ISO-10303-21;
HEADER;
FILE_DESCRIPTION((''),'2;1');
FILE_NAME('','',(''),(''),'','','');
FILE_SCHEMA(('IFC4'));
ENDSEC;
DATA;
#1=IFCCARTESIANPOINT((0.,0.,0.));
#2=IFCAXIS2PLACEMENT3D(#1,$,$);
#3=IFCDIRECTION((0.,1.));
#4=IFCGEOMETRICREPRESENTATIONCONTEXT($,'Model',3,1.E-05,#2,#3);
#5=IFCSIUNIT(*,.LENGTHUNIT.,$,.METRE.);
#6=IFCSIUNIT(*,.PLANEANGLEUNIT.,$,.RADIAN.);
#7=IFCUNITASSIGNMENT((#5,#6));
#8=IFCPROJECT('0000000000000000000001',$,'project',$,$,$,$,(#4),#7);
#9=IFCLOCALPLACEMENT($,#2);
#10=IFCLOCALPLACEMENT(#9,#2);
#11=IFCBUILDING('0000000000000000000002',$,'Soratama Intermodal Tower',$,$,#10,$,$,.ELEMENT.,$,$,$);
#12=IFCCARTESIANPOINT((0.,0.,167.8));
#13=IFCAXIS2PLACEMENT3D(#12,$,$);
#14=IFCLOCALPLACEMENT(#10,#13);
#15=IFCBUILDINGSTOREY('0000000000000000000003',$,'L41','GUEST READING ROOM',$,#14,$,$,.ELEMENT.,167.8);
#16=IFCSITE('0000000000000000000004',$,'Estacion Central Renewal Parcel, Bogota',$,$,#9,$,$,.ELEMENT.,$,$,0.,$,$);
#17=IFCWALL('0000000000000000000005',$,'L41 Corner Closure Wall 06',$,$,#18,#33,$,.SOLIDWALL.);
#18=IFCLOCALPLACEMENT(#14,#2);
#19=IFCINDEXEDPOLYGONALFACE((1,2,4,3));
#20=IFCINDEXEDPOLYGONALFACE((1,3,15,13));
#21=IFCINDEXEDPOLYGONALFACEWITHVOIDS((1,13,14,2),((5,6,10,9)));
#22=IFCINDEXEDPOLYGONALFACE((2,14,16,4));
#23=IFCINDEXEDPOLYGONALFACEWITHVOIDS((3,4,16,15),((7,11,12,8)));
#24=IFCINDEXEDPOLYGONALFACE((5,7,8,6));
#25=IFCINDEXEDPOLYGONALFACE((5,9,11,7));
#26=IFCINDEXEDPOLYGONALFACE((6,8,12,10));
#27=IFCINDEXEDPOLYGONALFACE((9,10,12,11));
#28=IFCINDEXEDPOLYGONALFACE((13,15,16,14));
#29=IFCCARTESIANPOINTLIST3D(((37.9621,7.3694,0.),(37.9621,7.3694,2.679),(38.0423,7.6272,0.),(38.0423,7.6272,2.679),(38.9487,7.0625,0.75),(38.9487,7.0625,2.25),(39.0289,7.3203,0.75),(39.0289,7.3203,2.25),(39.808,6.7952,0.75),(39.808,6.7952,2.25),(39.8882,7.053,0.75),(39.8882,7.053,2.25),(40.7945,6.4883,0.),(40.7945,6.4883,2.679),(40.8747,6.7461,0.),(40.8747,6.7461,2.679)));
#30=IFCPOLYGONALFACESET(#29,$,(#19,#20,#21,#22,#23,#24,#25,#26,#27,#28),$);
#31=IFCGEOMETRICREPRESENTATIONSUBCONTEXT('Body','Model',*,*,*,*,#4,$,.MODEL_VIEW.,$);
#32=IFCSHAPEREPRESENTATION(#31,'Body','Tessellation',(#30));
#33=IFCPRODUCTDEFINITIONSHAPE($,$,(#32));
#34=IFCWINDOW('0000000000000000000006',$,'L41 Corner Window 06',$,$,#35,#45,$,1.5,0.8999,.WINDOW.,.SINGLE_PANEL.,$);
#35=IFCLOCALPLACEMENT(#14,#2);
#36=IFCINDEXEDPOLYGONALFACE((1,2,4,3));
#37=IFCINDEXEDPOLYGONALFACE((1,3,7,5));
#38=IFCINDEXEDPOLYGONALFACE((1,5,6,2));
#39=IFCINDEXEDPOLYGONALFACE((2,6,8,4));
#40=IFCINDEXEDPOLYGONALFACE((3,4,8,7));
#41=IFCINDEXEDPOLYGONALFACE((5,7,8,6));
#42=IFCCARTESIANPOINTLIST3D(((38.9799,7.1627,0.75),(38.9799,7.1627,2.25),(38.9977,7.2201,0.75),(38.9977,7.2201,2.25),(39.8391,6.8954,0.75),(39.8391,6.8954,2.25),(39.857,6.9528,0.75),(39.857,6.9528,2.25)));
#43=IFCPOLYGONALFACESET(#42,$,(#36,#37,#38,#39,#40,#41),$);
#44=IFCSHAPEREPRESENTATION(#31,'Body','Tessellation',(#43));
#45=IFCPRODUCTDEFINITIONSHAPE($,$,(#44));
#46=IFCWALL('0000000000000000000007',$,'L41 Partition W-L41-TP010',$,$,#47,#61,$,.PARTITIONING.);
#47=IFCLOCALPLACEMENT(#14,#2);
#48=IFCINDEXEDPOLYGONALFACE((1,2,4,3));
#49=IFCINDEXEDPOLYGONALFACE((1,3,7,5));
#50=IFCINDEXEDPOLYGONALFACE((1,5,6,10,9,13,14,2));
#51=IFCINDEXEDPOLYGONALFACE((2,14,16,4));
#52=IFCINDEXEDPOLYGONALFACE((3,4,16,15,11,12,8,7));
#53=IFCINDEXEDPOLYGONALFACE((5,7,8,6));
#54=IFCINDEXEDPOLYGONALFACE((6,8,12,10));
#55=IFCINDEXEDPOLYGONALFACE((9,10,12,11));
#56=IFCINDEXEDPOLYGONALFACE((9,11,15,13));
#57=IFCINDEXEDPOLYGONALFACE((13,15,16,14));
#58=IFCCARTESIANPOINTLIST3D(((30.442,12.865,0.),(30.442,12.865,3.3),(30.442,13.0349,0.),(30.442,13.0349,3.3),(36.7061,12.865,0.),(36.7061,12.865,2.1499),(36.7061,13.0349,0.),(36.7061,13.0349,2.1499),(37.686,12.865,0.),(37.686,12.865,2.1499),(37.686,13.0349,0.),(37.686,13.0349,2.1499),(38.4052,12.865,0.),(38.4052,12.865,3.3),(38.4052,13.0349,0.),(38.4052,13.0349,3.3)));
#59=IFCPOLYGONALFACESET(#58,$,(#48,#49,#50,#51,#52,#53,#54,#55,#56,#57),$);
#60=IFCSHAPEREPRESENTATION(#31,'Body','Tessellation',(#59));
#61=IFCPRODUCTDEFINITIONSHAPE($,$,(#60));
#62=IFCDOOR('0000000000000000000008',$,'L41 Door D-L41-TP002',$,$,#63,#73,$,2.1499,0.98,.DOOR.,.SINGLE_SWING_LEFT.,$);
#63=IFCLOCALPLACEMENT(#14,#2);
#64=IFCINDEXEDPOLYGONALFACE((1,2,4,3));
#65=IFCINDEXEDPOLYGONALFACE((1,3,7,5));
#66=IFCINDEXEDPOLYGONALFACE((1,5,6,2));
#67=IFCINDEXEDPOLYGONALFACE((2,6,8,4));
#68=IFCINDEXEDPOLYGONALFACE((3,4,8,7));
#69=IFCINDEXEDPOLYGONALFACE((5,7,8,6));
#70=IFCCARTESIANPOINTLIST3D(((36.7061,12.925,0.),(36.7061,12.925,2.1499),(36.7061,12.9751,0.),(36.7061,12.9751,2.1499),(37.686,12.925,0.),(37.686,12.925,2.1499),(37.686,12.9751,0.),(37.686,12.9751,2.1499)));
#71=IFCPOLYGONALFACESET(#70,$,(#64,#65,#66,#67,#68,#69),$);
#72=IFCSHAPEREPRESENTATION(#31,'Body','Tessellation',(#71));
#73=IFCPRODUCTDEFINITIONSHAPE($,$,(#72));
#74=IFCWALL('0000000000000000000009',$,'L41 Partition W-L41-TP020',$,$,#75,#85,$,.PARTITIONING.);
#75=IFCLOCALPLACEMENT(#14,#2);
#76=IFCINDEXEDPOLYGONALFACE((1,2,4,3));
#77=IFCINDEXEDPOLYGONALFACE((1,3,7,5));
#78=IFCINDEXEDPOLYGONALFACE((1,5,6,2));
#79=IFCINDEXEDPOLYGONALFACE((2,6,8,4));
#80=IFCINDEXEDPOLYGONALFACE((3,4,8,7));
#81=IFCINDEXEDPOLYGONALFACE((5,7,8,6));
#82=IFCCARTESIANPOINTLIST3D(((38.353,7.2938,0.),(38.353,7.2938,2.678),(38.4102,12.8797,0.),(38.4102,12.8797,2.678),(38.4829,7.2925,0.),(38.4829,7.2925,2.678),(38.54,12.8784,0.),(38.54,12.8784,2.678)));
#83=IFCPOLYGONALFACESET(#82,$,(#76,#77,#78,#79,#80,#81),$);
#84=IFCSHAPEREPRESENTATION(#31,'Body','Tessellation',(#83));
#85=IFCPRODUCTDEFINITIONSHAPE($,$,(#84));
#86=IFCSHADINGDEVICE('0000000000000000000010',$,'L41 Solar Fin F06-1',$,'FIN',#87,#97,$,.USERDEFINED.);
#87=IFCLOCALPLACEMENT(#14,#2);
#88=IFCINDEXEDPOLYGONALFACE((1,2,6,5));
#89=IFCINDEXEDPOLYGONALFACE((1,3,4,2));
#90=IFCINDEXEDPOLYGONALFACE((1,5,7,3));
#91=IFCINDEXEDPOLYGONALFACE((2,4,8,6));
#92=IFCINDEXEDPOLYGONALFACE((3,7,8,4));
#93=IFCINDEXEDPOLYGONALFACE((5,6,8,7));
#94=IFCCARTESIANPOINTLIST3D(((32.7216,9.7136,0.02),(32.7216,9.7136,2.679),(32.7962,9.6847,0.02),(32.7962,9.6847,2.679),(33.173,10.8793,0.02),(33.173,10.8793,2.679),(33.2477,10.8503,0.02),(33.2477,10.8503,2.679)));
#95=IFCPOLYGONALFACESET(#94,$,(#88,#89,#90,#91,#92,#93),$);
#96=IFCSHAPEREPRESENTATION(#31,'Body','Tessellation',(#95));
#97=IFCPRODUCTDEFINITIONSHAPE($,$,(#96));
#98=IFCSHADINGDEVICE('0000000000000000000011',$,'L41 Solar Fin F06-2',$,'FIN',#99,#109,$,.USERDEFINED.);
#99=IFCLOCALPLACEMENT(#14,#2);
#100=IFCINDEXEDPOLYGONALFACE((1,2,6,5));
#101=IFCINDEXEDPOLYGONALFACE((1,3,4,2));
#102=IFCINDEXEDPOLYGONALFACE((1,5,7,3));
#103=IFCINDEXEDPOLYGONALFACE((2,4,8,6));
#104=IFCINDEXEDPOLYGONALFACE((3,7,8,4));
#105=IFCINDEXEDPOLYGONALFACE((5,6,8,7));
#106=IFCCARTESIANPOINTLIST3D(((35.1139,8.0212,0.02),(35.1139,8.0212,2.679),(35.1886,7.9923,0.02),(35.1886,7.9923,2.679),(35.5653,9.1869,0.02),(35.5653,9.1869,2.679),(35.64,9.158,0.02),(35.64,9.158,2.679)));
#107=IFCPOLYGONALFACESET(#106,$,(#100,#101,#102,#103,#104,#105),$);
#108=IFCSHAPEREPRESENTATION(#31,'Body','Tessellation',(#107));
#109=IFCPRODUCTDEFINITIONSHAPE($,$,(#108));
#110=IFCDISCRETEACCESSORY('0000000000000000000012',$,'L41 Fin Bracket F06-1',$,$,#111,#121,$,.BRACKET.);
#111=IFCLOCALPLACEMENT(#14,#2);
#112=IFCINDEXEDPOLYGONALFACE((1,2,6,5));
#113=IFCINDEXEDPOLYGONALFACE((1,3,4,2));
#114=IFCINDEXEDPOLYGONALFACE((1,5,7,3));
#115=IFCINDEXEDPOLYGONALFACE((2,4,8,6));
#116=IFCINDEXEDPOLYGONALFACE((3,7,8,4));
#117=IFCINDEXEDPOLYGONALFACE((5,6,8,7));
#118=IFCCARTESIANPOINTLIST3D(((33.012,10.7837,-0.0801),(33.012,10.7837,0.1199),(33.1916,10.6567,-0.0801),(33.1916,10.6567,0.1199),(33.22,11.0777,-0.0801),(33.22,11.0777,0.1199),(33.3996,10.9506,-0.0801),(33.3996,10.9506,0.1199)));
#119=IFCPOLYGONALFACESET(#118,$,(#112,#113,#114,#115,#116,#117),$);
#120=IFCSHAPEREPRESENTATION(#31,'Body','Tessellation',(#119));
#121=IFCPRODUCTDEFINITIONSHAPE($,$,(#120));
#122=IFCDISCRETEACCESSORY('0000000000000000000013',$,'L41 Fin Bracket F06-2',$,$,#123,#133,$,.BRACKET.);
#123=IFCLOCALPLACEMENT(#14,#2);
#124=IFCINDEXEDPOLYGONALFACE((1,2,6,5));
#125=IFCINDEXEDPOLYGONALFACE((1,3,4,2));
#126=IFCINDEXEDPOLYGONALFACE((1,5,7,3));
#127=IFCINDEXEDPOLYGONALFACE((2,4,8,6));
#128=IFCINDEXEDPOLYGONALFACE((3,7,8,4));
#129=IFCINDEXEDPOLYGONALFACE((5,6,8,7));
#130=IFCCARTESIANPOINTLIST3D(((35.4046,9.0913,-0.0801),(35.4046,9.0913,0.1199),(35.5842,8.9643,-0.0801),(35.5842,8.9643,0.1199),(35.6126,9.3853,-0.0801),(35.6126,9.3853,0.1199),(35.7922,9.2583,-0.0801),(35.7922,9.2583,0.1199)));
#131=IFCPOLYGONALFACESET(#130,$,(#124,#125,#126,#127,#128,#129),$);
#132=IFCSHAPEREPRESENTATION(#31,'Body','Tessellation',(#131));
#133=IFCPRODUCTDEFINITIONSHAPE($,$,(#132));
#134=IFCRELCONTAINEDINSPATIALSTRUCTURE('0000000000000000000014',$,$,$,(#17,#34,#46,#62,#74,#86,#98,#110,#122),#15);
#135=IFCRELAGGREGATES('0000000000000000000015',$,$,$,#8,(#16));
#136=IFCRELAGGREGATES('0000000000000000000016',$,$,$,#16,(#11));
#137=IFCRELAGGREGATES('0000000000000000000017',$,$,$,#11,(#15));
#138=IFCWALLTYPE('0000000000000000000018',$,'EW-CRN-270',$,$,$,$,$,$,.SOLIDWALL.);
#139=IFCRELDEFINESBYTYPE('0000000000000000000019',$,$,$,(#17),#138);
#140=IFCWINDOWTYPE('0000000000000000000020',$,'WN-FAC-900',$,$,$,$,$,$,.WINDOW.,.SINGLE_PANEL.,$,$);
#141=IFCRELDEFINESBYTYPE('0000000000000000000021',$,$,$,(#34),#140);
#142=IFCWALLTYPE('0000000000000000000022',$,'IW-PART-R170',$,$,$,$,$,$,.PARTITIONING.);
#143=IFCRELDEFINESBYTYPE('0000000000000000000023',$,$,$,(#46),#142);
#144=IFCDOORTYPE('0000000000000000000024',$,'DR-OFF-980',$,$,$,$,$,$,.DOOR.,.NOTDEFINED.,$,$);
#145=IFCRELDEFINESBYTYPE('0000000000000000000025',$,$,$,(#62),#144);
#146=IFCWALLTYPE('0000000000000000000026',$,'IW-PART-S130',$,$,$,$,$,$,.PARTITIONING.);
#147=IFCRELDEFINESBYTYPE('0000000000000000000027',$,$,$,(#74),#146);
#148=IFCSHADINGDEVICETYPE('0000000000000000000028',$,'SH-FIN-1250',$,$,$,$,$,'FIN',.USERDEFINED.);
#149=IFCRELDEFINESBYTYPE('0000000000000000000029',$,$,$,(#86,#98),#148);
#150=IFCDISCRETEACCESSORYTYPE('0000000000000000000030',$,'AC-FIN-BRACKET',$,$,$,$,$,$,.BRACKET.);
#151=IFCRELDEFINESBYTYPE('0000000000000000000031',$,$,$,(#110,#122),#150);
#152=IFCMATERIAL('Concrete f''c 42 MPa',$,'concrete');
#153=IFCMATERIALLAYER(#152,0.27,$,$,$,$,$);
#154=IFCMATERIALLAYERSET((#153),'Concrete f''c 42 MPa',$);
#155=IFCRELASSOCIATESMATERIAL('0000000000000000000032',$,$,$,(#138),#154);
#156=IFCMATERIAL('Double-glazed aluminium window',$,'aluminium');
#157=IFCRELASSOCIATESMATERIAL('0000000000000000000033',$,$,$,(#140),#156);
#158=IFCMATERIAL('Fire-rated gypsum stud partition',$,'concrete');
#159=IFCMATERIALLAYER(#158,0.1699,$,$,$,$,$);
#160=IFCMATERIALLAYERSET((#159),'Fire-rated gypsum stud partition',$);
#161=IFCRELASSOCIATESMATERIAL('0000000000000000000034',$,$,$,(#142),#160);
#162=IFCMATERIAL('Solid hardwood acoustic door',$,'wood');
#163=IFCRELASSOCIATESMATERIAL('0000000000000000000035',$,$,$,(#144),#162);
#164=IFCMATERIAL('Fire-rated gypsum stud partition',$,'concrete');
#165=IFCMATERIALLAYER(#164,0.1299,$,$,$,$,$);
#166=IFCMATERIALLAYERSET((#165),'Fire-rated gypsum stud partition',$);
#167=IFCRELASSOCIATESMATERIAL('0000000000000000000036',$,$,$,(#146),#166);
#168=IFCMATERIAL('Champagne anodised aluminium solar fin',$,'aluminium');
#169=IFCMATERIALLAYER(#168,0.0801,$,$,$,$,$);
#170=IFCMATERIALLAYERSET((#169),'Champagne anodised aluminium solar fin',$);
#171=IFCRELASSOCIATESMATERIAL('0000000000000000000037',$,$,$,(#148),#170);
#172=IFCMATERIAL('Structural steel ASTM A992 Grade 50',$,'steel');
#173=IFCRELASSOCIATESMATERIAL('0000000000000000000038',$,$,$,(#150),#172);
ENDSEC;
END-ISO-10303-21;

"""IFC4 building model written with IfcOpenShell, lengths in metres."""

from ifc_helpers import new_model, si_unit, direction, frame, frame_2d, origin, origin_2d, place, context, subcontext, project, spatial, rectangle, extrude, material, layer, layer_set, type_object, element, fill, save


model = new_model("IFC4")

# Units and contexts
model_context = context("Model", 3, precision=1e-05, world=origin(), true_north=direction((0.0, 1.0)))
body_context = subcontext(model_context, "Body", "Model", "MODEL_VIEW")
ifc_project = project(units=[si_unit("LENGTHUNIT", "METRE"), si_unit("PLANEANGLEUNIT", "RADIAN")], contexts=[model_context])

# Site, building, storey
site_placement = place(None, origin())
site = spatial("IfcSite", under=ifc_project, at=site_placement, Name="Estacion Central Renewal Parcel, Bogota", CompositionType="ELEMENT", RefElevation=0.0)
building_placement = place(site_placement, origin())
building = spatial("IfcBuilding", under=site, at=building_placement, Name="Soratama Intermodal Tower", CompositionType="ELEMENT")
storey_placement = place(building_placement, frame((0.0, 0.0, 167.8)))
storey = spatial("IfcBuildingStorey", under=building, at=storey_placement, Name="L41", Description="GUEST READING ROOM", CompositionType="ELEMENT", Elevation=167.8)

# Wall, opening, window
ifc_material_1 = material(Name="Concrete f'c 42 MPa", Category="concrete")
ifc_layer_1 = layer(ifc_material_1, 0.27)
ifc_layer_set_1 = layer_set([ifc_layer_1], Name="Concrete f'c 42 MPa")
wall_type_1 = type_object("IfcWallType", Name="EW-CRN-270", PredefinedType="SOLIDWALL", material=ifc_layer_set_1)
wall_1_placement = place(storey_placement, frame((38.0022, 7.4983, 0.0), z_axis=(0.0, 0.0, 1.0), x_axis=(0.954869, -0.297028, 0.0)))
wall_1 = element("IfcWall", 1, at=wall_1_placement, inside=storey, type_object=wall_type_1, Name="L41 Corner Closure Wall 06", PredefinedType="SOLIDWALL", context=body_context, shape_type="SweptSolid", body=[
    extrude(rectangle(XDim=2.9663, YDim=0.27, at=frame_2d((1.4832, 0.0))), origin(), (0.0, 0.0, 1.0), 2.679),
])
opening_1_placement = place(wall_1_placement, frame((1.0332, 0.0, 0.75)))
opening_1 = element("IfcOpeningElement", 2, at=opening_1_placement, cuts=wall_1, PredefinedType="OPENING", context=body_context, shape_type="SweptSolid", body=[
    extrude(rectangle(XDim=0.8999, YDim=1.5, at=frame_2d((0.45, 0.75))), frame((0.0, 0.145, 0.0), z_axis=(0.0, -1.0, 0.0), x_axis=(1.0, 0.0, 0.0)), (0.0, 0.0, 1.0), 0.29),
])
ifc_material_2 = material(Name="Double-glazed aluminium window", Category="aluminium")
window_type_1 = type_object("IfcWindowType", Name="WN-FAC-900", PartitioningType="SINGLE_PANEL", PredefinedType="WINDOW", material=ifc_material_2)
window_1_placement = place(opening_1_placement, origin())
window_1 = element("IfcWindow", 3, at=window_1_placement, inside=storey, type_object=window_type_1, Name="L41 Corner Window 06", OverallHeight=1.5, OverallWidth=0.8999, PartitioningType="SINGLE_PANEL", PredefinedType="WINDOW", context=body_context, shape_type="SweptSolid", body=[
    extrude(rectangle(XDim=0.8999, YDim=1.5, at=frame_2d((0.45, 0.75))), frame((0.0, 0.03, 0.0), z_axis=(0.0, -1.0, 0.0), x_axis=(1.0, 0.0, 0.0)), (0.0, 0.0, 1.0), 0.0601),
])
fill(opening_1, window_1)

# Wall, opening, door
ifc_material_3 = material(Name="Fire-rated gypsum stud partition", Category="concrete")
ifc_layer_2 = layer(ifc_material_3, 0.1699)
ifc_layer_set_2 = layer_set([ifc_layer_2], Name="Fire-rated gypsum stud partition")
wall_type_2 = type_object("IfcWallType", Name="IW-PART-R170", PredefinedType="PARTITIONING", material=ifc_layer_set_2)
wall_2_placement = place(storey_placement, frame((38.405, 12.95, 0.0), z_axis=(0.0, 0.0, 1.0), x_axis=(-1.0, 0.0, 0.0)))
wall_2 = element("IfcWall", 4, at=wall_2_placement, inside=storey, type_object=wall_type_2, Name="L41 Partition W-L41-TP010", PredefinedType="PARTITIONING", context=body_context, shape_type="SweptSolid", body=[
    extrude(rectangle(XDim=7.9631, YDim=0.1699, at=frame_2d((3.9814, 0.0))), origin(), (0.0, 0.0, 1.0), 3.3),
])
opening_2_placement = place(wall_2_placement, frame((0.719, 0.0, 0.0)))
opening_2 = element("IfcOpeningElement", 5, at=opening_2_placement, cuts=wall_2, PredefinedType="OPENING", context=body_context, shape_type="SweptSolid", body=[
    extrude(rectangle(XDim=0.98, YDim=2.1499, at=frame_2d((0.49, 1.075))), frame((0.0, 0.095, 0.0), z_axis=(0.0, -1.0, 0.0), x_axis=(1.0, 0.0, 0.0)), (0.0, 0.0, 1.0), 0.1899),
])
ifc_material_4 = material(Name="Solid hardwood acoustic door", Category="wood")
door_type_1 = type_object("IfcDoorType", Name="DR-OFF-980", OperationType="NOTDEFINED", PredefinedType="DOOR", material=ifc_material_4)
door_1_placement = place(opening_2_placement, origin())
door_1 = element("IfcDoor", 6, at=door_1_placement, inside=storey, type_object=door_type_1, Name="L41 Door D-L41-TP002", OperationType="SINGLE_SWING_LEFT", OverallHeight=2.1499, OverallWidth=0.98, PredefinedType="DOOR", context=body_context, shape_type="SweptSolid", body=[
    extrude(rectangle(XDim=0.98, YDim=2.1499, at=frame_2d((0.49, 1.075))), frame((0.0, 0.0249, 0.0), z_axis=(0.0, -1.0, 0.0), x_axis=(1.0, 0.0, 0.0)), (0.0, 0.0, 1.0), 0.05),
])
fill(opening_2, door_1)

# Wall
ifc_material_5 = material(Name="Fire-rated gypsum stud partition", Category="concrete")
ifc_layer_3 = layer(ifc_material_5, 0.1299)
ifc_layer_set_3 = layer_set([ifc_layer_3], Name="Fire-rated gypsum stud partition")
wall_type_3 = type_object("IfcWallType", Name="IW-PART-S130", PredefinedType="PARTITIONING", material=ifc_layer_set_3)
wall_3_placement = place(storey_placement, frame((38.4751, 12.8789, 0.0), z_axis=(0.0, 0.0, 1.0), x_axis=(-0.010227, -0.999948, 0.0)))
element("IfcWall", 7, at=wall_3_placement, inside=storey, type_object=wall_type_3, Name="L41 Partition W-L41-TP020", PredefinedType="PARTITIONING", context=body_context, shape_type="SweptSolid", body=[
    extrude(rectangle(XDim=5.5862, YDim=0.1299, at=frame_2d((2.793, 0.0))), origin(), (0.0, 0.0, 1.0), 2.678),
])

# Shading devices
ifc_material_6 = material(Name="Champagne anodised aluminium solar fin", Category="aluminium")
ifc_layer_4 = layer(ifc_material_6, 0.0801)
ifc_layer_set_4 = layer_set([ifc_layer_4], Name="Champagne anodised aluminium solar fin")
shading_device_type = type_object("IfcShadingDeviceType", Name="SH-FIN-1250", ElementType="FIN", PredefinedType="USERDEFINED", material=ifc_layer_set_4)
for number, where, z_axis, x_axis, name in (
    (8, (32.9846, 10.282, 0.02), (0.0, 0.0, 1.0), (-0.361136, -0.932513, 0.0), "L41 Solar Fin F06-1"),
    (9, (35.377, 8.5896, 0.02), (0.0, 0.0, 1.0), (-0.361136, -0.932513, 0.0), "L41 Solar Fin F06-2"),
):
    element("IfcShadingDevice", number, at=place(storey_placement, frame(where, z_axis=z_axis, x_axis=x_axis)), inside=storey, type_object=shading_device_type, Name=name, ObjectType="FIN", PredefinedType="USERDEFINED", context=body_context, shape_type="SweptSolid", body=[
        extrude(rectangle(XDim=1.25, YDim=0.0801, at=origin_2d()), origin(), (0.0, 0.0, 1.0), 2.6589),
    ])

# Discrete accessories
ifc_material_7 = material(Name="Structural steel ASTM A992 Grade 50", Category="steel")
discrete_accessory_type = type_object("IfcDiscreteAccessoryType", Name="AC-FIN-BRACKET", PredefinedType="BRACKET", material=ifc_material_7)
for number, where, z_axis, x_axis, name in (
    (10, (33.2058, 10.8672, -0.0801), (0.0, 0.0, 1.0), (-0.577573, -0.816339, 0.0), "L41 Fin Bracket F06-1"),
    (11, (35.5984, 9.1748, -0.0801), (0.0, 0.0, 1.0), (-0.577573, -0.816339, 0.0), "L41 Fin Bracket F06-2"),
):
    element("IfcDiscreteAccessory", number, at=place(storey_placement, frame(where, z_axis=z_axis, x_axis=x_axis)), inside=storey, type_object=discrete_accessory_type, Name=name, PredefinedType="BRACKET", context=body_context, shape_type="SweptSolid", body=[
        extrude(rectangle(XDim=0.3601, YDim=0.22, at=origin_2d()), origin(), (0.0, 0.0, 1.0), 0.2),
    ])

save(model, "model.ifc")
